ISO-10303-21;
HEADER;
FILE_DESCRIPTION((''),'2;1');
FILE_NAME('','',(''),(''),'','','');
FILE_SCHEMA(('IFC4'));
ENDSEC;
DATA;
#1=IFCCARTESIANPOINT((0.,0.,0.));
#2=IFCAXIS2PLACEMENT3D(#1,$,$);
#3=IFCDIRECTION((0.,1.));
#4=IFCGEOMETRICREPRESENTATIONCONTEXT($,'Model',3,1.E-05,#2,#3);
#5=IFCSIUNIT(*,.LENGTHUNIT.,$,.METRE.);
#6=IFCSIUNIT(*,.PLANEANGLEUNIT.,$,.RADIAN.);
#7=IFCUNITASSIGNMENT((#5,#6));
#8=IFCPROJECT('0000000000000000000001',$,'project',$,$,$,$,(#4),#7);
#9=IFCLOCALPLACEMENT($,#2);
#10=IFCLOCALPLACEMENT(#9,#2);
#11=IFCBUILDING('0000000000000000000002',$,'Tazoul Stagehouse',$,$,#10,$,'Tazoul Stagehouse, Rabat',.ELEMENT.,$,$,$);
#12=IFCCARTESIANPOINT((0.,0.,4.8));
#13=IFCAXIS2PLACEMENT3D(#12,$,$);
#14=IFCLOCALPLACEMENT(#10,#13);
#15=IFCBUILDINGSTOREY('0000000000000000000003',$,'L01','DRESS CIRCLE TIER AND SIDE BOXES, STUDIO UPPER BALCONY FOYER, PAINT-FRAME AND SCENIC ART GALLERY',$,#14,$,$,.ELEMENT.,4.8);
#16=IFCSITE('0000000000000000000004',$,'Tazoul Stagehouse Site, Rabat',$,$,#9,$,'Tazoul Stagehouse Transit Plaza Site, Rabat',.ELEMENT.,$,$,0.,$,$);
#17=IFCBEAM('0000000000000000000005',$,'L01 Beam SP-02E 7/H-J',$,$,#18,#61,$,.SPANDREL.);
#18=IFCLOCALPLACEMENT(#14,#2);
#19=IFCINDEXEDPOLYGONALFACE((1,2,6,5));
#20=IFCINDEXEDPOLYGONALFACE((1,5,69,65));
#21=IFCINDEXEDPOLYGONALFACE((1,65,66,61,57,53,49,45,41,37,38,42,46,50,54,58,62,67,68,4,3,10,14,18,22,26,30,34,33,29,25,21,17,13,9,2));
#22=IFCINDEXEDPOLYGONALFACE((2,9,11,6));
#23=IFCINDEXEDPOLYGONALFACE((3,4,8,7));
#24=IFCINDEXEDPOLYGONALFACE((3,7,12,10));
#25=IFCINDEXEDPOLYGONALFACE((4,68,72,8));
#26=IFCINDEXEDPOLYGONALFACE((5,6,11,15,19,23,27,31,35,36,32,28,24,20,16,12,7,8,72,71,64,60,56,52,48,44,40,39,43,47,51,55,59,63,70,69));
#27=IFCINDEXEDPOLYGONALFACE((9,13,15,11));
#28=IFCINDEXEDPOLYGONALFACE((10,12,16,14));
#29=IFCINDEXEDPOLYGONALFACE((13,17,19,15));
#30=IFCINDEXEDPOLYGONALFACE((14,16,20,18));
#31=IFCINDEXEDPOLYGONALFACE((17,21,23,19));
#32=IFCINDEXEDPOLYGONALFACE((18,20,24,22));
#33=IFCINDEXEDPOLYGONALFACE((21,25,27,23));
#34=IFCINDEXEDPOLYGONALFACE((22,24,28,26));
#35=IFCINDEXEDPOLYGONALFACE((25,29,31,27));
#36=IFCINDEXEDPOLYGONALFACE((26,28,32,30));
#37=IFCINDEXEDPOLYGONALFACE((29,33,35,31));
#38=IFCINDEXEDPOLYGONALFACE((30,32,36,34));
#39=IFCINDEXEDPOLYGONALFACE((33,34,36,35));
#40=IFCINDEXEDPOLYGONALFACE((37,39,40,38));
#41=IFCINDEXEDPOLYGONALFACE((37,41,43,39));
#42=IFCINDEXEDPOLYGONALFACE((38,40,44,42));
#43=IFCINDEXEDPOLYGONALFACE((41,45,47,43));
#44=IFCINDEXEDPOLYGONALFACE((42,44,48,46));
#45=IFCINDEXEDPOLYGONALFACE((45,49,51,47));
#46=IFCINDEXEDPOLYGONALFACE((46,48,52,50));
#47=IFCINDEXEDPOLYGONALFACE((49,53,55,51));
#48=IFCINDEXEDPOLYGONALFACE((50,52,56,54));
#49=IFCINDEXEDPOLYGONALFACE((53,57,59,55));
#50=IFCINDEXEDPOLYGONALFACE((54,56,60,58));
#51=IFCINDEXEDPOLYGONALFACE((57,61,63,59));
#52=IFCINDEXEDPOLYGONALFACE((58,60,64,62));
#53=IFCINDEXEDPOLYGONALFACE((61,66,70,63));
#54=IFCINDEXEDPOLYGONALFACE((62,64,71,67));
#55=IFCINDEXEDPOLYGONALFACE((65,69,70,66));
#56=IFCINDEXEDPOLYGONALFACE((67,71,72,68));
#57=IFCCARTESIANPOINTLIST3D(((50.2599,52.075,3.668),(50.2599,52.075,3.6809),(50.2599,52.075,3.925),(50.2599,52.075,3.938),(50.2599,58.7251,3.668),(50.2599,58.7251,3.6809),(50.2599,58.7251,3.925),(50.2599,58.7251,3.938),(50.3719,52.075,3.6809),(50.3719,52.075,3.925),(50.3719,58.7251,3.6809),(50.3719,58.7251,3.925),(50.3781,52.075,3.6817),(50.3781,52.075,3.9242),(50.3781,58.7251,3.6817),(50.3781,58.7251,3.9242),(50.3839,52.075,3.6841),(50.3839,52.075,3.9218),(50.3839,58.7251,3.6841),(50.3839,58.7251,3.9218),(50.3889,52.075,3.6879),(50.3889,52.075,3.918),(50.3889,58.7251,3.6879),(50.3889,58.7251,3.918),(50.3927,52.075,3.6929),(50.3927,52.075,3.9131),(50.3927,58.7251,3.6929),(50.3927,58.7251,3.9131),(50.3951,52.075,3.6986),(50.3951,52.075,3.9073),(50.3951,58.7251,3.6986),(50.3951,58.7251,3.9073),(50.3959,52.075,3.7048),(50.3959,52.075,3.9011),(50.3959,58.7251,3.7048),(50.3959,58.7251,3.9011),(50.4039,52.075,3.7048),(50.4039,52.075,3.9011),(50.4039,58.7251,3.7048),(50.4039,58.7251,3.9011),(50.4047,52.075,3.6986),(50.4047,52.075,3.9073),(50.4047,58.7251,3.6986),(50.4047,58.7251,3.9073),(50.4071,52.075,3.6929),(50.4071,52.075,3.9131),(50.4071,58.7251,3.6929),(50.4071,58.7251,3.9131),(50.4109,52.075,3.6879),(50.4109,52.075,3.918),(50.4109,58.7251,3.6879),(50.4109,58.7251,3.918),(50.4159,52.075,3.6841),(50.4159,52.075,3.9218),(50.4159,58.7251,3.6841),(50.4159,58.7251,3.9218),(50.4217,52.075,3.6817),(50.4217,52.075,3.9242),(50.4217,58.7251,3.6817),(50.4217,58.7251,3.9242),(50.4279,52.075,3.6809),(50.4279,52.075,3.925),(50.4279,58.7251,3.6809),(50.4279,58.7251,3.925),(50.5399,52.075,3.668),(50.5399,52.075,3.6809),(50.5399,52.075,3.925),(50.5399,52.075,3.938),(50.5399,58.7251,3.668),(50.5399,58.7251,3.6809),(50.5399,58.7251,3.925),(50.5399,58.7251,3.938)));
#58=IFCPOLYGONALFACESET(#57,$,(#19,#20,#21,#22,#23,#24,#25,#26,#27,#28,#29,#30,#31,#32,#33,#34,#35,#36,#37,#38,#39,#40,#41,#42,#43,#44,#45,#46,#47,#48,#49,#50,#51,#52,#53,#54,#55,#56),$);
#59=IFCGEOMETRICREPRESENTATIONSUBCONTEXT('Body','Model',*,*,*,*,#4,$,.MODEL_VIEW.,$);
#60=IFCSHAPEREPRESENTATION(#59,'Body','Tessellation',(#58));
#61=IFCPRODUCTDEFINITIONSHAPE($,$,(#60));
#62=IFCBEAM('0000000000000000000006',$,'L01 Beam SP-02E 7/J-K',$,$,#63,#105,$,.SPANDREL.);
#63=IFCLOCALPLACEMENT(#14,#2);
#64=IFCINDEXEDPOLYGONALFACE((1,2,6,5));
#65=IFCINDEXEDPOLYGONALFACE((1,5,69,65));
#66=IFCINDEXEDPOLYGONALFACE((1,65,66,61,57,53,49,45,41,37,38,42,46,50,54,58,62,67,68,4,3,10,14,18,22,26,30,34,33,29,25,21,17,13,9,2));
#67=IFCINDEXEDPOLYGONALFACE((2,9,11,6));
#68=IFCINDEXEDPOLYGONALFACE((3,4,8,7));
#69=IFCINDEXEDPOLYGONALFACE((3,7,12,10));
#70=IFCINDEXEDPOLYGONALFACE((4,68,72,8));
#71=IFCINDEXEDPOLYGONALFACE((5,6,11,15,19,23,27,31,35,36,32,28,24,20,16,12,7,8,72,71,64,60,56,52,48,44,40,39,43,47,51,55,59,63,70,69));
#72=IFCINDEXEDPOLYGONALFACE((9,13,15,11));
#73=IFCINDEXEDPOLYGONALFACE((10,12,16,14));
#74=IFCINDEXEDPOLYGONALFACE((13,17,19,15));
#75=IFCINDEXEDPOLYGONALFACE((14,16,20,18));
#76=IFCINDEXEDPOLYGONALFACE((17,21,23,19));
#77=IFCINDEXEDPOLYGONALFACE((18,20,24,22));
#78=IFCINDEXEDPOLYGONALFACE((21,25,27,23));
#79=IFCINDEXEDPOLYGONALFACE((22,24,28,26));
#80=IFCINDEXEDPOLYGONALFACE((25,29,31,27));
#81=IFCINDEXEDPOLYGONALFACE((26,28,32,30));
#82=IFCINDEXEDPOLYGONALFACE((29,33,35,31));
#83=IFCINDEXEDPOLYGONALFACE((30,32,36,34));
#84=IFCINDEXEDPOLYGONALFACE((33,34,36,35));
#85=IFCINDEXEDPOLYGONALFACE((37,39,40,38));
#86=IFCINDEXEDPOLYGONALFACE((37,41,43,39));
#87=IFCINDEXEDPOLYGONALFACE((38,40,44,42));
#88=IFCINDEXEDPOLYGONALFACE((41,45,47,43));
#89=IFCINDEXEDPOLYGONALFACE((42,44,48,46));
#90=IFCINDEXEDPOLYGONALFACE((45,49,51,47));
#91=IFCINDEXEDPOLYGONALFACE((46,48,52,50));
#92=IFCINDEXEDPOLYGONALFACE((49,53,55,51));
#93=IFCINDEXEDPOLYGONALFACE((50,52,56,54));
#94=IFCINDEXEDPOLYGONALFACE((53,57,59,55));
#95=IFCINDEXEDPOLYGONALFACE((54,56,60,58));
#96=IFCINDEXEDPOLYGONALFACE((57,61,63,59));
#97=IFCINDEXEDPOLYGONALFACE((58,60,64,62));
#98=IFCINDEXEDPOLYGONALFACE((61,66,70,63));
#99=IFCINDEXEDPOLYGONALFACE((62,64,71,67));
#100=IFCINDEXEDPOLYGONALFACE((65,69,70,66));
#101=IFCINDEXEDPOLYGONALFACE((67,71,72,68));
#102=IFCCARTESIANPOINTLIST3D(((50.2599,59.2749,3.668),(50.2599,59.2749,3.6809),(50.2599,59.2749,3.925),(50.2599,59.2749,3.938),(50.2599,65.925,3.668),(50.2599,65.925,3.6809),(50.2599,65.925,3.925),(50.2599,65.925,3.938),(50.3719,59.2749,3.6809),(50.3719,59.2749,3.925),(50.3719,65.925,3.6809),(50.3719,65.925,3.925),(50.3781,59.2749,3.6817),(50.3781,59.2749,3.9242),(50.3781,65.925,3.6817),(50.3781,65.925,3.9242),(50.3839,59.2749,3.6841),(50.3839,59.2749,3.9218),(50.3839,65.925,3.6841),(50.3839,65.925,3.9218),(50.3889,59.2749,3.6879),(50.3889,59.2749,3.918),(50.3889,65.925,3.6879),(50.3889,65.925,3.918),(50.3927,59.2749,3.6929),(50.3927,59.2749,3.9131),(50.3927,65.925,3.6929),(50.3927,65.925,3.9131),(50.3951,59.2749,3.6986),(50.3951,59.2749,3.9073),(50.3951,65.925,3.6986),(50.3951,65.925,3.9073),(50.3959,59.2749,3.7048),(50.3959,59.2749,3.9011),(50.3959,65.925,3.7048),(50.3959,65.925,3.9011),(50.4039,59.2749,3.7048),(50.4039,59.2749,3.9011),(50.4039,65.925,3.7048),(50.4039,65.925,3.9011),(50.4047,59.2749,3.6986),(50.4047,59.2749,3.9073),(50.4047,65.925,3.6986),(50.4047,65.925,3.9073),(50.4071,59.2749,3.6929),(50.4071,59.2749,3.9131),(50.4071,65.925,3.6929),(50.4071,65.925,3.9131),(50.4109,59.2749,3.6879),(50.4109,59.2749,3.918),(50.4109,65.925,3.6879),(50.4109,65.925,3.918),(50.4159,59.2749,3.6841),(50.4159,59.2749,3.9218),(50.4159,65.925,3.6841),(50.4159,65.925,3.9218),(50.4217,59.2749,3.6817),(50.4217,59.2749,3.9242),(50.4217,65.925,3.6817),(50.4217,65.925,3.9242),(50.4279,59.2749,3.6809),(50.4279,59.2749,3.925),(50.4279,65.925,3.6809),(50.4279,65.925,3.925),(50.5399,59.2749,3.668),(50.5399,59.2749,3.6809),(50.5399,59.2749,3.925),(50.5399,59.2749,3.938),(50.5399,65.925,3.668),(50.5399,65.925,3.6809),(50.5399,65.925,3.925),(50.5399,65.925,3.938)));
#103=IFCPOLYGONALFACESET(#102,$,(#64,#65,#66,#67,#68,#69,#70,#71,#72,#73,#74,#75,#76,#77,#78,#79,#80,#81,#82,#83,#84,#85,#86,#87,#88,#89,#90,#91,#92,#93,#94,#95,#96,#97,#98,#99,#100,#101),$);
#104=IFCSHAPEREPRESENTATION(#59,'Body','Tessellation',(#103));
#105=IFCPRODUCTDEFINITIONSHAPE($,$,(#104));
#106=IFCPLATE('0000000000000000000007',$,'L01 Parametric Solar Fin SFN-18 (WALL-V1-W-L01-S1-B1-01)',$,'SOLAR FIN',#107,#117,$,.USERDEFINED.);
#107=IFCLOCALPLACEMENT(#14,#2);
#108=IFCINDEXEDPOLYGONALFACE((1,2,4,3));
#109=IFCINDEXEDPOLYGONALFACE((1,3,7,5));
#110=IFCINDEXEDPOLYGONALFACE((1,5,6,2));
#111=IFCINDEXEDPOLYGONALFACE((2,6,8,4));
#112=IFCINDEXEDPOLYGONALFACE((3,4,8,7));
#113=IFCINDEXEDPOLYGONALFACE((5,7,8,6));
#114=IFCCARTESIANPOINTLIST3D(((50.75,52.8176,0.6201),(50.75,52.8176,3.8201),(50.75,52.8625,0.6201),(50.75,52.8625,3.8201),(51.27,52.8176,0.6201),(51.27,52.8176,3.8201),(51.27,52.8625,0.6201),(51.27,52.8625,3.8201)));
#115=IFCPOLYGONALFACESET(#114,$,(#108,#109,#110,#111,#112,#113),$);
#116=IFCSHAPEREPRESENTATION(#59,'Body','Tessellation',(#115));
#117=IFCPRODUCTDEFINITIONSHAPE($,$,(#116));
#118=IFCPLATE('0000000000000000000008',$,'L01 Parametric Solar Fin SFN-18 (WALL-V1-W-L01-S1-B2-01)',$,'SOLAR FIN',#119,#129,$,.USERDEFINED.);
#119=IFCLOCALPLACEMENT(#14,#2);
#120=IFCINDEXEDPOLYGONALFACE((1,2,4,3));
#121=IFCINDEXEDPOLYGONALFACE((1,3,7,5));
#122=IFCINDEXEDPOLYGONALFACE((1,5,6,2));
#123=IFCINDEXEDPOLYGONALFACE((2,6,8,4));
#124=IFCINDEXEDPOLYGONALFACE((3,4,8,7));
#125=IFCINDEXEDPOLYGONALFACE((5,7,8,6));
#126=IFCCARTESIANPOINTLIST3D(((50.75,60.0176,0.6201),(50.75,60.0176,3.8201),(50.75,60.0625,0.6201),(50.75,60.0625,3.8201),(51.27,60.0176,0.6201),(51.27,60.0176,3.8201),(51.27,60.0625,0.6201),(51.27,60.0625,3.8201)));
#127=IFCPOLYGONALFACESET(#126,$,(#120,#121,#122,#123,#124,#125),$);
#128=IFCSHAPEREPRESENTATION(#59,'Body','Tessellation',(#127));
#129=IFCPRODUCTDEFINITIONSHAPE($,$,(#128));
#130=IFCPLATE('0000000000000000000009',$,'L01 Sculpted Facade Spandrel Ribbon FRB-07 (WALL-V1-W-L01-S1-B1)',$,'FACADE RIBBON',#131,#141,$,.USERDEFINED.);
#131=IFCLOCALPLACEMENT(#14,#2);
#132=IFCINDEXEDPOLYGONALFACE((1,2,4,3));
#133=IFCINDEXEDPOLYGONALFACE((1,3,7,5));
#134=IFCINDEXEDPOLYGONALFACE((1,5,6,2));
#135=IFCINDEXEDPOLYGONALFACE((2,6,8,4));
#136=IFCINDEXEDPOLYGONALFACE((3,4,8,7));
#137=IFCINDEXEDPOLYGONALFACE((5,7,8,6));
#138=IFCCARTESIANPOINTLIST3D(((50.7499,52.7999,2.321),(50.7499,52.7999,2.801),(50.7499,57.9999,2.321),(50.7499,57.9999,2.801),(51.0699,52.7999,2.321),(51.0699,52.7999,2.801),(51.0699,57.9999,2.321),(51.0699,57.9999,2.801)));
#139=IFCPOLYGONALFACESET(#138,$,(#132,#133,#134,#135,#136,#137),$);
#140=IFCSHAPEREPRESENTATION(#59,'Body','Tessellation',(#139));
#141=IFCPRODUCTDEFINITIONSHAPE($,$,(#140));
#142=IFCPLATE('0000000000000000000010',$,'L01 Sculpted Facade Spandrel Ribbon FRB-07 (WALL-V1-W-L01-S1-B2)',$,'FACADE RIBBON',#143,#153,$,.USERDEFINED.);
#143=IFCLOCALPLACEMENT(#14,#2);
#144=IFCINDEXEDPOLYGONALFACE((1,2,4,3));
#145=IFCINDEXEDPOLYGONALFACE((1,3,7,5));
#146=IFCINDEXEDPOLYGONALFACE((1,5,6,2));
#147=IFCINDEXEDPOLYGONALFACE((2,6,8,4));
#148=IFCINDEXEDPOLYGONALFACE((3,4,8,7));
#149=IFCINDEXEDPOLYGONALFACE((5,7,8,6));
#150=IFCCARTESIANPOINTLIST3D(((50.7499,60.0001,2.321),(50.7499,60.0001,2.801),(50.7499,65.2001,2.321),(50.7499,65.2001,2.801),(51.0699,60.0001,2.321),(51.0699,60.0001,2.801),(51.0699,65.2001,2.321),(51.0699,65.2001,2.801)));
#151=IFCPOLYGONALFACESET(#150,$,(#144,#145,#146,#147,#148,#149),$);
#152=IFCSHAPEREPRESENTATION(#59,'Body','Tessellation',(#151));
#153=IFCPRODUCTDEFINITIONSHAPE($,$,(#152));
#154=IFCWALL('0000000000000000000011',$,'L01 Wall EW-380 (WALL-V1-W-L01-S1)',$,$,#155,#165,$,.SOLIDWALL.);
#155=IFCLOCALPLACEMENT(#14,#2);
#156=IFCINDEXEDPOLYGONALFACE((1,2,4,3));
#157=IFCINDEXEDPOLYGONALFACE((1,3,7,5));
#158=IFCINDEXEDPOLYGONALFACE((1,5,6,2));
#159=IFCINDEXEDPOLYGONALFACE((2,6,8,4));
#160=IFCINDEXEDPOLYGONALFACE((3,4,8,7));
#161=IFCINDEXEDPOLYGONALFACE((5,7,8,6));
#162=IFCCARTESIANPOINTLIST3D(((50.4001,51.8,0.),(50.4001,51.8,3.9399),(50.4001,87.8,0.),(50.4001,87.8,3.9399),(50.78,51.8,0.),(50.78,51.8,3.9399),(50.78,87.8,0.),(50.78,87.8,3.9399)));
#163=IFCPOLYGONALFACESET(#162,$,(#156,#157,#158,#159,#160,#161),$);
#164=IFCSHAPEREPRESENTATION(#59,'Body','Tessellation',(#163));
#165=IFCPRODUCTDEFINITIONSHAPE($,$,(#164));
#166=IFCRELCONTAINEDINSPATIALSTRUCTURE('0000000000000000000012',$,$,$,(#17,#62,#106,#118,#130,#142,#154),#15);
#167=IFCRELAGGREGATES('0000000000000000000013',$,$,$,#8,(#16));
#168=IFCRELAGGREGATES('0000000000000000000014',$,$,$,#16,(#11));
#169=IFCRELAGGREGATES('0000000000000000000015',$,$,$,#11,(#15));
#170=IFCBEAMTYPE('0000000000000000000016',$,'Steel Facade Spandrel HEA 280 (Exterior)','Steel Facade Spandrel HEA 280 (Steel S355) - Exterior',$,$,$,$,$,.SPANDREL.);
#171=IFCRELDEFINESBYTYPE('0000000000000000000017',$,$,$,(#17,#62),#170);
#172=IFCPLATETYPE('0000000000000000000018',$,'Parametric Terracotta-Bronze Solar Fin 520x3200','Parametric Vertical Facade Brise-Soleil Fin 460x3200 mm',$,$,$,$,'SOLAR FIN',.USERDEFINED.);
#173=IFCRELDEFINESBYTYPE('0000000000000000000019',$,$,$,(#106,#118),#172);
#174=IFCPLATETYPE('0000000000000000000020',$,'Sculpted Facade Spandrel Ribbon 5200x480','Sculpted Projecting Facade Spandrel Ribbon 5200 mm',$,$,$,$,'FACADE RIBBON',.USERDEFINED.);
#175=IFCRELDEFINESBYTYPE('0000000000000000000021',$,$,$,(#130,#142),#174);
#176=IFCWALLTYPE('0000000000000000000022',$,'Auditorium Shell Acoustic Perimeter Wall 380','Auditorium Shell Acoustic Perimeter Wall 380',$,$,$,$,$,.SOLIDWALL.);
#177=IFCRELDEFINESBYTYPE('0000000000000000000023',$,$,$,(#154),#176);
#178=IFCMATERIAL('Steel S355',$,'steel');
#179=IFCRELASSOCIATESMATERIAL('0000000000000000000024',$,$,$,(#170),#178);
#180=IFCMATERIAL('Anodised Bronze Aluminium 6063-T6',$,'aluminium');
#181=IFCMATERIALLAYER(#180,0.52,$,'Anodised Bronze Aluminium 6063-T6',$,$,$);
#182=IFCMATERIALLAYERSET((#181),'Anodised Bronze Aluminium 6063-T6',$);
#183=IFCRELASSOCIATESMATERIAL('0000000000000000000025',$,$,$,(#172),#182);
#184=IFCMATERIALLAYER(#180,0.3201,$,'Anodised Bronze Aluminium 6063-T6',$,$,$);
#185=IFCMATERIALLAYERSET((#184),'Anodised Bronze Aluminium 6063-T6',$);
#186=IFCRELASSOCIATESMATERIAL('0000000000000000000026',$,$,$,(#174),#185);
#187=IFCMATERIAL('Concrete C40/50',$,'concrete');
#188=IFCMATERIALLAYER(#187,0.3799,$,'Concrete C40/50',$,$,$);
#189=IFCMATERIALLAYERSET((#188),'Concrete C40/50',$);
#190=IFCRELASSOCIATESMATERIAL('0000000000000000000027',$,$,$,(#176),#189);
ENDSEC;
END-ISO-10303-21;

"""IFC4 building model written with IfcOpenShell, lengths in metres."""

from ifc_helpers import new_model, si_unit, direction, frame, frame_2d, origin, origin_2d, place, context, subcontext, project, spatial, rectangle, i_section, extrude, material, layer, layer_set, material_profile, profile_set, type_object, element, save


model = new_model("IFC4")

# Units and contexts
model_context = context("Model", 3, precision=1e-05, world=origin(), true_north=direction((0.0, 1.0)))
body_context = subcontext(model_context, "Body", "Model", "MODEL_VIEW")
ifc_project = project(units=[si_unit("LENGTHUNIT", "METRE"), si_unit("PLANEANGLEUNIT", "RADIAN")], contexts=[model_context])

# Site, building, storey
site_placement = place(None, origin())
site = spatial("IfcSite", under=ifc_project, at=site_placement, Name="Tazoul Stagehouse Site, Rabat", LongName="Tazoul Stagehouse Transit Plaza Site, Rabat", CompositionType="ELEMENT", RefElevation=0.0)
building_placement = place(site_placement, origin())
building = spatial("IfcBuilding", under=site, at=building_placement, Name="Tazoul Stagehouse", LongName="Tazoul Stagehouse, Rabat", CompositionType="ELEMENT")
storey_placement = place(building_placement, frame((0.0, 0.0, 4.8)))
storey = spatial("IfcBuildingStorey", under=building, at=storey_placement, Name="L01", Description="DRESS CIRCLE TIER AND SIDE BOXES, STUDIO UPPER BALCONY FOYER, PAINT-FRAME AND SCENIC ART GALLERY", CompositionType="ELEMENT", Elevation=4.8)

# Shared definitions
ifc_material_1 = material(Name="Concrete C40/50", Category="concrete")

# Beams
ifc_material_2 = material(Name="Steel S355", Category="steel")
ifc_material_profile_1 = material_profile(ifc_material_2, i_section(OverallWidth=0.28, OverallDepth=0.27, WebThickness=0.0081, FlangeThickness=0.0129, FilletRadius=0.0239, at=origin_2d()), Name="HEA 280")
ifc_profile_set_1 = profile_set([ifc_material_profile_1], Name="Steel S355")
beam_type_1 = type_object("IfcBeamType", Name="Steel Facade Spandrel HEA 280 (Exterior)", Description="Steel Facade Spandrel HEA 280 (Steel S355) - Exterior", PredefinedType="SPANDREL", material=ifc_profile_set_1)
for number, where, z_axis, x_axis, name in (
    (1, (50.3999, 52.075, 3.803), (0.0, 1.0, 0.0), (-1.0, 0.0, 0.0), "L01 Beam SP-02E 7/H-J"),
    (2, (50.3999, 59.2749, 3.803), (0.0, 1.0, 0.0), (-1.0, 0.0, 0.0), "L01 Beam SP-02E 7/J-K"),
):
    element("IfcBeam", number, at=place(storey_placement, frame(where, z_axis=z_axis, x_axis=x_axis)), inside=storey, type_object=beam_type_1, Name=name, PredefinedType="SPANDREL", context=body_context, shape_type="SweptSolid", body=[
        extrude(i_section(OverallWidth=0.28, OverallDepth=0.27, WebThickness=0.0081, FlangeThickness=0.0129, FilletRadius=0.0239, at=origin_2d()), origin(), (0.0, 0.0, 1.0), 6.6501),
    ])

# Plates
ifc_material_3 = material(Name="Anodised Bronze Aluminium 6063-T6", Category="aluminium")
ifc_layer_1 = layer(ifc_material_3, 0.52, Name="Anodised Bronze Aluminium 6063-T6")
ifc_layer_set_1 = layer_set([ifc_layer_1], Name="Anodised Bronze Aluminium 6063-T6")
plate_type_1 = type_object("IfcPlateType", Name="Parametric Terracotta-Bronze Solar Fin 520x3200", Description="Parametric Vertical Facade Brise-Soleil Fin 460x3200 mm", ElementType="SOLAR FIN", PredefinedType="USERDEFINED", material=ifc_layer_set_1)
for number, where, z_axis, x_axis, name in (
    (3, (51.01, 52.8401, 0.6201), (0.0, 0.0, 1.0), (0.0, 1.0, 0.0), "L01 Parametric Solar Fin SFN-18 (WALL-V1-W-L01-S1-B1-01)"),
    (4, (51.01, 60.04, 0.6201), (0.0, 0.0, 1.0), (0.0, 1.0, 0.0), "L01 Parametric Solar Fin SFN-18 (WALL-V1-W-L01-S1-B2-01)"),
):
    element("IfcPlate", number, at=place(storey_placement, frame(where, z_axis=z_axis, x_axis=x_axis)), inside=storey, type_object=plate_type_1, Name=name, ObjectType="SOLAR FIN", PredefinedType="USERDEFINED", context=body_context, shape_type="SweptSolid", body=[
        extrude(rectangle(XDim=0.0449, YDim=0.52, at=origin_2d()), origin(), (0.0, 0.0, 1.0), 3.2),
    ])
ifc_layer_2 = layer(ifc_material_3, 0.3201, Name="Anodised Bronze Aluminium 6063-T6")
ifc_layer_set_2 = layer_set([ifc_layer_2], Name="Anodised Bronze Aluminium 6063-T6")
plate_type_2 = type_object("IfcPlateType", Name="Sculpted Facade Spandrel Ribbon 5200x480", Description="Sculpted Projecting Facade Spandrel Ribbon 5200 mm", ElementType="FACADE RIBBON", PredefinedType="USERDEFINED", material=ifc_layer_set_2)
for number, where, z_axis, x_axis, name in (
    (5, (50.9099, 55.3999, 2.321), (0.0, 0.0, 1.0), (0.0, 1.0, 0.0), "L01 Sculpted Facade Spandrel Ribbon FRB-07 (WALL-V1-W-L01-S1-B1)"),
    (6, (50.9099, 62.6001, 2.321), (0.0, 0.0, 1.0), (0.0, 1.0, 0.0), "L01 Sculpted Facade Spandrel Ribbon FRB-07 (WALL-V1-W-L01-S1-B2)"),
):
    element("IfcPlate", number, at=place(storey_placement, frame(where, z_axis=z_axis, x_axis=x_axis)), inside=storey, type_object=plate_type_2, Name=name, ObjectType="FACADE RIBBON", PredefinedType="USERDEFINED", context=body_context, shape_type="SweptSolid", body=[
        extrude(rectangle(XDim=5.2, YDim=0.3201, at=origin_2d()), origin(), (0.0, 0.0, 1.0), 0.48),
    ])

# Wall
ifc_layer_3 = layer(ifc_material_1, 0.3799, Name="Concrete C40/50")
ifc_layer_set_3 = layer_set([ifc_layer_3], Name="Concrete C40/50")
wall_type = type_object("IfcWallType", Name="Auditorium Shell Acoustic Perimeter Wall 380", Description="Auditorium Shell Acoustic Perimeter Wall 380", PredefinedType="SOLIDWALL", material=ifc_layer_set_3)
wall_placement = place(storey_placement, frame((50.5901, 51.8, 0.0), z_axis=(0.0, 0.0, 1.0), x_axis=(0.0, 1.0, 0.0)))
element("IfcWall", 7, at=wall_placement, inside=storey, type_object=wall_type, Name="L01 Wall EW-380 (WALL-V1-W-L01-S1)", PredefinedType="SOLIDWALL", context=body_context, shape_type="SweptSolid", body=[
    extrude(rectangle(XDim=36.0, YDim=0.3799, at=frame_2d((18.0, 0.0))), origin(), (0.0, 0.0, 1.0), 3.9399),
])

save(model, "model.ifc")
